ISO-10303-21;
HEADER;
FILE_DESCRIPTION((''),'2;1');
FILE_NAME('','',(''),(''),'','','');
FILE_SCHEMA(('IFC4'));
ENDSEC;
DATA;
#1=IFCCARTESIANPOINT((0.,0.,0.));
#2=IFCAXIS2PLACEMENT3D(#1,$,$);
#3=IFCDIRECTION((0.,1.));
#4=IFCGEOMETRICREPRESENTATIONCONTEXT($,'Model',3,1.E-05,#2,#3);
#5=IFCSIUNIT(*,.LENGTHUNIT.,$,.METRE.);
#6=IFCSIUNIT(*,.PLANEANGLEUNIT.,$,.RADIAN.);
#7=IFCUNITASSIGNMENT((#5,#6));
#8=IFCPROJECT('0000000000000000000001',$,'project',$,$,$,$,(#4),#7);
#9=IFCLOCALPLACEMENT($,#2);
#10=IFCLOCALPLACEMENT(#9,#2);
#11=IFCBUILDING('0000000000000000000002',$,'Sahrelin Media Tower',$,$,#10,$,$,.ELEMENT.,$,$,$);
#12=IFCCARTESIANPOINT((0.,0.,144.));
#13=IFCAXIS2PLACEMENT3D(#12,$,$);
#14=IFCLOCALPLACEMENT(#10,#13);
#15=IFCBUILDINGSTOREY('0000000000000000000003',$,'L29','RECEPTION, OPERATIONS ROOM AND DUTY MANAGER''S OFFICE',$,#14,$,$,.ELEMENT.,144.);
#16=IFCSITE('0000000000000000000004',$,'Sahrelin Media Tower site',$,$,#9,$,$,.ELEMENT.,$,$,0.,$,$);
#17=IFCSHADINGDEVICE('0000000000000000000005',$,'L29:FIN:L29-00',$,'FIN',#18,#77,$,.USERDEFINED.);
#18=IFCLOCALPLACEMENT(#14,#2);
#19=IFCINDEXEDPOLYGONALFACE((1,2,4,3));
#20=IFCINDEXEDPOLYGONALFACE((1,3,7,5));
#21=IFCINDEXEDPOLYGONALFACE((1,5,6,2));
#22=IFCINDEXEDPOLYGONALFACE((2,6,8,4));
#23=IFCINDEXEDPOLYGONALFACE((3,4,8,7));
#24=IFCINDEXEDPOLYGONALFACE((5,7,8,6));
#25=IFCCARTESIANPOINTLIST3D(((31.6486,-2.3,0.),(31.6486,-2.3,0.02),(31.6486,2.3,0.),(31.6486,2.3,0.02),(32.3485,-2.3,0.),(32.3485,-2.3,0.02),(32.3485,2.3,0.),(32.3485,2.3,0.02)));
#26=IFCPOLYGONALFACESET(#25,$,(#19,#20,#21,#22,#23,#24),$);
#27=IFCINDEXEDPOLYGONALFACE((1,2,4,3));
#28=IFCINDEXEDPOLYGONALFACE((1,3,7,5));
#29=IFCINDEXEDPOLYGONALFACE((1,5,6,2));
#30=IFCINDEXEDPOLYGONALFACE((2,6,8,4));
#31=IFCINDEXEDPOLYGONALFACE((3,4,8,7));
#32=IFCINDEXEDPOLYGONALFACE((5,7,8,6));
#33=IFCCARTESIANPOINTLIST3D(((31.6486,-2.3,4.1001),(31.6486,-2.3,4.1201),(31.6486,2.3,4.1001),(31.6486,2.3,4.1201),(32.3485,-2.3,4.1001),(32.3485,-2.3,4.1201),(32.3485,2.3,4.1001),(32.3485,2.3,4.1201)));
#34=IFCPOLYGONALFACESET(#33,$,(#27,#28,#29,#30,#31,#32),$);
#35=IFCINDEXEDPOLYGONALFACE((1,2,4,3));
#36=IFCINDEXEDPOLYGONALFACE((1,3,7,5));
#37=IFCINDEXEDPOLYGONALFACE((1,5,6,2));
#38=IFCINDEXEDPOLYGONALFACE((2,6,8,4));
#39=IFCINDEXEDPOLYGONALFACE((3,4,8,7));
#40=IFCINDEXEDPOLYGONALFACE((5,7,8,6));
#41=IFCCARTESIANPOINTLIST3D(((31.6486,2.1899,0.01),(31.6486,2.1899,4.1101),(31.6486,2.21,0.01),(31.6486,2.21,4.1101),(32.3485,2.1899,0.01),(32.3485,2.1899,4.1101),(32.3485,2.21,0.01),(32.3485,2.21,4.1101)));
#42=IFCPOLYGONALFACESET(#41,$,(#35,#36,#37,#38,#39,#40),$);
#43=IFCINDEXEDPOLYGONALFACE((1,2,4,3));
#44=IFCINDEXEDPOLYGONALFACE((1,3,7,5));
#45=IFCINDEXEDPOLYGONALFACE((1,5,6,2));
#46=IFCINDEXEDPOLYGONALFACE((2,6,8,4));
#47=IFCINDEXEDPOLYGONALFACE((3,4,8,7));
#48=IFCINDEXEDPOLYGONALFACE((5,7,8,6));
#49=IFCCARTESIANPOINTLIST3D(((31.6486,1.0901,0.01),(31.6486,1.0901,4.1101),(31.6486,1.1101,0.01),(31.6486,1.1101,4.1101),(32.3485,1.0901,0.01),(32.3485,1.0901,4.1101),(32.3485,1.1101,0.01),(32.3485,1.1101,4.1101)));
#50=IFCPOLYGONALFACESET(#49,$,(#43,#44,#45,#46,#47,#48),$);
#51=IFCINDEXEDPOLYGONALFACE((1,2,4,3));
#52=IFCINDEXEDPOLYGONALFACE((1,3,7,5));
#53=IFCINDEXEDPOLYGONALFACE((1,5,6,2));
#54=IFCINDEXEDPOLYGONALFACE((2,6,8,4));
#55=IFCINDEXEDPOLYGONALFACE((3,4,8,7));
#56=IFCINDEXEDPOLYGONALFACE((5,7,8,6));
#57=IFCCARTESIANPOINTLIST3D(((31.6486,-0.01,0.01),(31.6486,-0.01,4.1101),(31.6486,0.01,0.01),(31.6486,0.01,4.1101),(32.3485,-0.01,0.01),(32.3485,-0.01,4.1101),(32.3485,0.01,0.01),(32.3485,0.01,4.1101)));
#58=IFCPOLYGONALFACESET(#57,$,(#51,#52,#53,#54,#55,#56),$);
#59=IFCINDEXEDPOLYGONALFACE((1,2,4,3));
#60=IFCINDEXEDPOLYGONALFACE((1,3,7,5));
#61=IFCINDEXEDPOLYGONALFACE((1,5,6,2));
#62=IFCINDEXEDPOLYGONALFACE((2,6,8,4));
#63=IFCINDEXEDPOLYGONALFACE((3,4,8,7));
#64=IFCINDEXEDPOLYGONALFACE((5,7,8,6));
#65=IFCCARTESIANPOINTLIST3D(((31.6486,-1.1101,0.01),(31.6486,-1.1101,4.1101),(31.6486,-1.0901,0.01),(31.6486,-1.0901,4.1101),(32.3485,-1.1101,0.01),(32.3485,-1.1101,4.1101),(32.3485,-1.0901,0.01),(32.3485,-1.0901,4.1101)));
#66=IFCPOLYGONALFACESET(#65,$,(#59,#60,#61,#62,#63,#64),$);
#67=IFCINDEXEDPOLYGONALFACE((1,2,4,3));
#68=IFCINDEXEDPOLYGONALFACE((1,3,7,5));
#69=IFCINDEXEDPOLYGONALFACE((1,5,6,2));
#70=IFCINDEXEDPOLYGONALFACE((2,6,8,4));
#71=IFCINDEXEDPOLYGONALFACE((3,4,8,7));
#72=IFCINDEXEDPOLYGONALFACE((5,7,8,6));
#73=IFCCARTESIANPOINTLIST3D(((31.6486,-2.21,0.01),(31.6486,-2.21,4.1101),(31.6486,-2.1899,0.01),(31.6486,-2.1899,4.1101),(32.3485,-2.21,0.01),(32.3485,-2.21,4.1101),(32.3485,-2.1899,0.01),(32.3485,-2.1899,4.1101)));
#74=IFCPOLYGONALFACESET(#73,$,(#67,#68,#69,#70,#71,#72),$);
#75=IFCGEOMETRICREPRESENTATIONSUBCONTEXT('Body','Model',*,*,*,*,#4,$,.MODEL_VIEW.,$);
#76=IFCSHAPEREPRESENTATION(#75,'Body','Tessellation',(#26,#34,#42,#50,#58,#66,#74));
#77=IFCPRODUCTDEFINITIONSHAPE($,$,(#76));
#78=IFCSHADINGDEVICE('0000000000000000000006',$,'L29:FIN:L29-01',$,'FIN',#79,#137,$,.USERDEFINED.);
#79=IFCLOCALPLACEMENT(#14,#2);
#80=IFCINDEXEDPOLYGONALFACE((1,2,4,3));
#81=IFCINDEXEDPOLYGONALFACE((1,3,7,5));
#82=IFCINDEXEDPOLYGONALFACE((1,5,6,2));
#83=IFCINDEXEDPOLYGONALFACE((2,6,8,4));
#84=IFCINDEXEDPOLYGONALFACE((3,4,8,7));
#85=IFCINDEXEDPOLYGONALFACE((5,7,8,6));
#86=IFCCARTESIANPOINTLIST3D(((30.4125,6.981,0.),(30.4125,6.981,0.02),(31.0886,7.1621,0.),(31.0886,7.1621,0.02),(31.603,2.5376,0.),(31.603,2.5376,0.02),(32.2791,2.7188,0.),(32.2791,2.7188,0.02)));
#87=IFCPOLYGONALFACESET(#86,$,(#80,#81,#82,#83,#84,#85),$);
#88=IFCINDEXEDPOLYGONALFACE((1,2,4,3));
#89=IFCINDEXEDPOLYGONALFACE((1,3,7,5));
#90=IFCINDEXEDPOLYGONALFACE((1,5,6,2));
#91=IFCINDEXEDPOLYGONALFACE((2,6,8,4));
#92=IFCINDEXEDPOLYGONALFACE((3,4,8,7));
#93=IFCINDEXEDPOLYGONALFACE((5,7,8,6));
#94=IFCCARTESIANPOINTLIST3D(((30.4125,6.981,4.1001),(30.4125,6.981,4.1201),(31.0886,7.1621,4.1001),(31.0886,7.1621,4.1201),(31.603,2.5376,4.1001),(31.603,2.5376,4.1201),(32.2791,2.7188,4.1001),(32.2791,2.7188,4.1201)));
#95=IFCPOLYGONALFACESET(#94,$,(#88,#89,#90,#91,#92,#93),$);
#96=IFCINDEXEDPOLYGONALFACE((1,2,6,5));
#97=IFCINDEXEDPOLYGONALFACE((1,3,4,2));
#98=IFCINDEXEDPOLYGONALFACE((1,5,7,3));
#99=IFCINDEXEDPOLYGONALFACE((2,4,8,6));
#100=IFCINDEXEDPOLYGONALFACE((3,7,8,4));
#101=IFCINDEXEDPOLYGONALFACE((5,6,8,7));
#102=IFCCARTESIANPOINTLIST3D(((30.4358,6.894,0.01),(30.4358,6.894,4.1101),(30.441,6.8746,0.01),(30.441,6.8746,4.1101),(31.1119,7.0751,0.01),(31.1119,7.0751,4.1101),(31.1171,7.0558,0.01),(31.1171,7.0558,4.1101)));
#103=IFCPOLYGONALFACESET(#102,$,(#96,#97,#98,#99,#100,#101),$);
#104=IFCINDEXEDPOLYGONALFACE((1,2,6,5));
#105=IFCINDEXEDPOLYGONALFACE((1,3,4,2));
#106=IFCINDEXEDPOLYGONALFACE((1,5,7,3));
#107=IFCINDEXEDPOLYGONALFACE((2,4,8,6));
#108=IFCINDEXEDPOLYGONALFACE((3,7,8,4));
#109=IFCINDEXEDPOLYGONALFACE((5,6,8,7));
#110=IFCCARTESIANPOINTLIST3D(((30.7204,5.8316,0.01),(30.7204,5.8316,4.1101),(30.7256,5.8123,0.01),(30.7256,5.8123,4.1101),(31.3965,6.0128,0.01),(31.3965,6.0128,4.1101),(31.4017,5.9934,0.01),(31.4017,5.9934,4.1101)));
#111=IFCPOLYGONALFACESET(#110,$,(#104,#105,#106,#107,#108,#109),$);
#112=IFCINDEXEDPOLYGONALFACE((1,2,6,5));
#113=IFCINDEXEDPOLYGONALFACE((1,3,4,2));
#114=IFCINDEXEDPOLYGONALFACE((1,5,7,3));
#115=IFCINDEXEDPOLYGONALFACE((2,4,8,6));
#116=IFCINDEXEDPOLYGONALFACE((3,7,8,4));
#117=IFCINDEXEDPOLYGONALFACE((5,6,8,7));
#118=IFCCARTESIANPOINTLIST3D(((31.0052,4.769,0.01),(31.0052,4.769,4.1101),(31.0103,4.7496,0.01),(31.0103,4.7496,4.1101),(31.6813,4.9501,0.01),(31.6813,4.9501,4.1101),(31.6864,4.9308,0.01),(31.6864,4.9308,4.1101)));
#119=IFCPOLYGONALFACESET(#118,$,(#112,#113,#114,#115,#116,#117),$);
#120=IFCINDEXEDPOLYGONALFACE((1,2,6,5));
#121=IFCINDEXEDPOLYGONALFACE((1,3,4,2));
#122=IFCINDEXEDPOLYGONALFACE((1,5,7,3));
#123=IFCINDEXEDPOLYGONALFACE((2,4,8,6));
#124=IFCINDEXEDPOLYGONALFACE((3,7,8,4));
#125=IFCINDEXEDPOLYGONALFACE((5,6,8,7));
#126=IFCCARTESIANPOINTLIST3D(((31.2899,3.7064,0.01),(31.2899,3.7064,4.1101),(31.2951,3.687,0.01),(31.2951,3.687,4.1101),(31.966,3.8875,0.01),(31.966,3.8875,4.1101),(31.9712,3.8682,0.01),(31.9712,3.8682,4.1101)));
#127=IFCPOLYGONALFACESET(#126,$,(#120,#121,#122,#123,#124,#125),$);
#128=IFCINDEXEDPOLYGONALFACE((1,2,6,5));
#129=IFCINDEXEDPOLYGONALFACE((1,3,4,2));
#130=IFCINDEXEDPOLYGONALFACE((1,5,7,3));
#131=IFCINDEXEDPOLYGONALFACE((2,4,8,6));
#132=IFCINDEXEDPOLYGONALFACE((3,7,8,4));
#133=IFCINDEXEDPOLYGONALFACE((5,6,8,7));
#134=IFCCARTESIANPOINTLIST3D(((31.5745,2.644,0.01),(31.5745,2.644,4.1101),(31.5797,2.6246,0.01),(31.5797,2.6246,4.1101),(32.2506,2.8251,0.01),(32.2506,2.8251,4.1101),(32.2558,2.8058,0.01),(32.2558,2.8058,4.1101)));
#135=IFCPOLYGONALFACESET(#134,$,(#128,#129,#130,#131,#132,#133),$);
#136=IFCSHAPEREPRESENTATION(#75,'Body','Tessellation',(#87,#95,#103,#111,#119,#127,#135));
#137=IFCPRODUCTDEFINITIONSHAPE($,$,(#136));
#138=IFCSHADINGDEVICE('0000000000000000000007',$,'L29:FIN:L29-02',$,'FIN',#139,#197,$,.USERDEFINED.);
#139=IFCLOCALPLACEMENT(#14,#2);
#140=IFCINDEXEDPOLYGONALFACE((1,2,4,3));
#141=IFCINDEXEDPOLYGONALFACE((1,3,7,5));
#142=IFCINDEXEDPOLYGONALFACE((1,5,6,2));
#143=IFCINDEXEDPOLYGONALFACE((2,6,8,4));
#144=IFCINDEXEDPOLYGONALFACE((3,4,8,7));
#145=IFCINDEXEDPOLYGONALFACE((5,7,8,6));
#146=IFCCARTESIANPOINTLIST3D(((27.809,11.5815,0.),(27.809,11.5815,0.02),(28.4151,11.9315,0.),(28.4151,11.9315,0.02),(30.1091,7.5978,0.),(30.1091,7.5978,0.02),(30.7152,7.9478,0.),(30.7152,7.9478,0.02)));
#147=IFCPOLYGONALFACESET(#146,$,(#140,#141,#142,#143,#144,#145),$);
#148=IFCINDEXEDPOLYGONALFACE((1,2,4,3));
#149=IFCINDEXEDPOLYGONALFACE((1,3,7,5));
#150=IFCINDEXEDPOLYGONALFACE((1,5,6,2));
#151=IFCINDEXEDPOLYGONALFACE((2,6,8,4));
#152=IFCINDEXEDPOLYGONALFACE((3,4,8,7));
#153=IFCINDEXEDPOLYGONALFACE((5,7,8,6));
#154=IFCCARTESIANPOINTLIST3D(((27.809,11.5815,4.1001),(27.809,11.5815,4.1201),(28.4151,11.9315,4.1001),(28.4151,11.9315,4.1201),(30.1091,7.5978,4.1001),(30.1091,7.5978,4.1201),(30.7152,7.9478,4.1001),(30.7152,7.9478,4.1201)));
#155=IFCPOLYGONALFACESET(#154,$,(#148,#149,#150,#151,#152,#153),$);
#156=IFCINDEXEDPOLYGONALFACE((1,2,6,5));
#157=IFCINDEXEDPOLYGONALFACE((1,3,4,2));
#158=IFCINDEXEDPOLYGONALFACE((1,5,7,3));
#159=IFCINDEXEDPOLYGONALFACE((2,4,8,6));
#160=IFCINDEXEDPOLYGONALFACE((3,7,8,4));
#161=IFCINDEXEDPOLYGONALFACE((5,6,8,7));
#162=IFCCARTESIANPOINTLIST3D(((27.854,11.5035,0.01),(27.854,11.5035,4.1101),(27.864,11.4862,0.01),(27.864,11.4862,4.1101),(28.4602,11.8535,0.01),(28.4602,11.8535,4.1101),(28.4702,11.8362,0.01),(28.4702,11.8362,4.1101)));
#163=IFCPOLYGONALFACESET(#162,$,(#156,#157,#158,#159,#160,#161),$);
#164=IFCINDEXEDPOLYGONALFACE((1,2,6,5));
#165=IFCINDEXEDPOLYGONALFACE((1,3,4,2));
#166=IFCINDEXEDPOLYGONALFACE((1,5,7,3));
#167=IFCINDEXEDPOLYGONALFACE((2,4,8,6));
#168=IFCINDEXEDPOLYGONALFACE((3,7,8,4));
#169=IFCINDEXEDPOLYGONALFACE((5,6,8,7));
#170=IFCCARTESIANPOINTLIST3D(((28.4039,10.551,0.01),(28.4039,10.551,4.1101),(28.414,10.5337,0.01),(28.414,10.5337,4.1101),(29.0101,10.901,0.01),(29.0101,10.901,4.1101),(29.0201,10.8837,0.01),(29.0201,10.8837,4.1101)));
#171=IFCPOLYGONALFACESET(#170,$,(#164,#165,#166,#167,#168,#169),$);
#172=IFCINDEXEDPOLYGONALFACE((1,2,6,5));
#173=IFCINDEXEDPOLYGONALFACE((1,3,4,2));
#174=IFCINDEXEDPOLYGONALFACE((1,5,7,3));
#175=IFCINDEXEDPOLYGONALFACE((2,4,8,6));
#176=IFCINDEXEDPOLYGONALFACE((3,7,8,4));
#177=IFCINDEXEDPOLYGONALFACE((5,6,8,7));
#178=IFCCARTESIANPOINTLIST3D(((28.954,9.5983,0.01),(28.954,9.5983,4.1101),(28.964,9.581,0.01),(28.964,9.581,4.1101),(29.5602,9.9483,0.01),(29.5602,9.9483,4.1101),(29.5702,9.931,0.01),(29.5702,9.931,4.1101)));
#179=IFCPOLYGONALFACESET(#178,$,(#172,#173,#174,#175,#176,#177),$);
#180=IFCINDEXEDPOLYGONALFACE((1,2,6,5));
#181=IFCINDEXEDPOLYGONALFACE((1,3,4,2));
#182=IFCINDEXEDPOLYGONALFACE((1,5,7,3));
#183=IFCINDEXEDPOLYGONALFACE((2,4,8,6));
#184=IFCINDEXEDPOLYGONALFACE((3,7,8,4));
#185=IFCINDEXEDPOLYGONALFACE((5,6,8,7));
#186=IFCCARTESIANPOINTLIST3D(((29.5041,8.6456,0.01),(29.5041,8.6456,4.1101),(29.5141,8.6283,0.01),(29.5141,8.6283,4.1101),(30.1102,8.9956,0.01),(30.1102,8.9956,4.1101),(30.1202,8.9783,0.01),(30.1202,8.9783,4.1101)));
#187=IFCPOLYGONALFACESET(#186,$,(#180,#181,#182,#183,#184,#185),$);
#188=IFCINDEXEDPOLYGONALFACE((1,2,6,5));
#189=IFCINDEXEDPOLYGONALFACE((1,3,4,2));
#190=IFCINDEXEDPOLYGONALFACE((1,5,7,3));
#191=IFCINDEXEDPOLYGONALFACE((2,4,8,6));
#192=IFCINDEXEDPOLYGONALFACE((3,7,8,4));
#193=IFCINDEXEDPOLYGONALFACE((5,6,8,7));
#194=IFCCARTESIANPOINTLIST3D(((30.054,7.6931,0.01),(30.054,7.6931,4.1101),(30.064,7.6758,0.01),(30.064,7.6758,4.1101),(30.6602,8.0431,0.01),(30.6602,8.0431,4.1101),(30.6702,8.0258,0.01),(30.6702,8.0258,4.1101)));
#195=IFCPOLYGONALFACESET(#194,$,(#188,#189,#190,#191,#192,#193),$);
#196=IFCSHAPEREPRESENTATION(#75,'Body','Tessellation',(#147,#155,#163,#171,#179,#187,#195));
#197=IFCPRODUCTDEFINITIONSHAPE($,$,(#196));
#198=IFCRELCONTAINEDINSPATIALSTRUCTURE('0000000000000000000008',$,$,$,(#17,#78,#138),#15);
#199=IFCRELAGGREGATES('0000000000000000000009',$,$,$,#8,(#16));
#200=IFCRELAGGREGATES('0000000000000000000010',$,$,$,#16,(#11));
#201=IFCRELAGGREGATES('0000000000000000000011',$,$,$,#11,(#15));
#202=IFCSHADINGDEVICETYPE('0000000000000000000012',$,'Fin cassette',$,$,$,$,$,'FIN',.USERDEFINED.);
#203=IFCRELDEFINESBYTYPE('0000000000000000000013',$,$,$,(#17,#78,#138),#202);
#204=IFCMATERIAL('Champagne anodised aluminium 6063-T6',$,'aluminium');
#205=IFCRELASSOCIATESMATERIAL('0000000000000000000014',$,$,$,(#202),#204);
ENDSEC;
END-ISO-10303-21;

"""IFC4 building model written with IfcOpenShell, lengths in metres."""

from ifc_helpers import new_model, si_unit, direction, frame, origin, origin_2d, place, context, subcontext, project, spatial, rectangle, extrude, material, type_object, element, save


model = new_model("IFC4")

# Units and contexts
model_context = context("Model", 3, precision=1e-05, world=origin(), true_north=direction((0.0, 1.0)))
body_context = subcontext(model_context, "Body", "Model", "MODEL_VIEW")
ifc_project = project(units=[si_unit("LENGTHUNIT", "METRE"), si_unit("PLANEANGLEUNIT", "RADIAN")], contexts=[model_context])

# Site, building, storey
site_placement = place(None, origin())
site = spatial("IfcSite", under=ifc_project, at=site_placement, Name="Sahrelin Media Tower site", CompositionType="ELEMENT", RefElevation=0.0)
building_placement = place(site_placement, origin())
building = spatial("IfcBuilding", under=site, at=building_placement, Name="Sahrelin Media Tower", CompositionType="ELEMENT")
storey_placement = place(building_placement, frame((0.0, 0.0, 144.0)))
storey = spatial("IfcBuildingStorey", under=building, at=storey_placement, Name="L29", Description="RECEPTION, OPERATIONS ROOM AND DUTY MANAGER'S OFFICE", CompositionType="ELEMENT", Elevation=144.0)

# Shared definitions
ifc_material_1 = material(Name="Champagne anodised aluminium 6063-T6", Category="aluminium")

# Shading devices
shading_device_type_1 = type_object("IfcShadingDeviceType", Name="Fin cassette", ElementType="FIN", PredefinedType="USERDEFINED", material=ifc_material_1)
placement_1 = place(storey_placement, frame((31.5786, 0.0, 0.0), z_axis=(0.0, 0.0, 1.0), x_axis=(0.0, -1.0, 0.0)))
element("IfcShadingDevice", 1, at=placement_1, inside=storey, type_object=shading_device_type_1, Name="L29:FIN:L29-00", ObjectType="FIN", PredefinedType="USERDEFINED", context=body_context, shape_type="SweptSolid", body=[
    extrude(rectangle(XDim=4.6001, YDim=0.7, at=origin_2d()), frame((0.0, 0.4199, 0.0)), (0.0, 0.0, 1.0), 0.02),
    extrude(rectangle(XDim=4.6001, YDim=0.7, at=origin_2d()), frame((0.0, 0.4199, 4.1001)), (0.0, 0.0, 1.0), 0.02),
    extrude(rectangle(XDim=0.02, YDim=0.7, at=origin_2d()), frame((-2.2, 0.4199, 0.01), z_axis=(0.0, 0.0, 1.0), x_axis=(1.0, 0.0, 0.0)), (0.0, 0.0, 1.0), 4.1001),
    extrude(rectangle(XDim=0.02, YDim=0.7, at=origin_2d()), frame((-1.1001, 0.4199, 0.01), z_axis=(0.0, 0.0, 1.0), x_axis=(1.0, 0.0, 0.0)), (0.0, 0.0, 1.0), 4.1001),
    extrude(rectangle(XDim=0.02, YDim=0.7, at=origin_2d()), frame((0.0, 0.4199, 0.01), z_axis=(0.0, 0.0, 1.0), x_axis=(1.0, 0.0, 0.0)), (0.0, 0.0, 1.0), 4.1001),
    extrude(rectangle(XDim=0.02, YDim=0.7, at=origin_2d()), frame((1.1001, 0.4199, 0.01), z_axis=(0.0, 0.0, 1.0), x_axis=(1.0, 0.0, 0.0)), (0.0, 0.0, 1.0), 4.1001),
    extrude(rectangle(XDim=0.02, YDim=0.7, at=origin_2d()), frame((2.2, 0.4199, 0.01), z_axis=(0.0, 0.0, 1.0), x_axis=(1.0, 0.0, 0.0)), (0.0, 0.0, 1.0), 4.1001),
])
placement_2 = place(storey_placement, frame((30.9402, 4.7412, 0.0), z_axis=(0.0, 0.0, 1.0), x_axis=(0.258808, -0.965929, 0.0)))
element("IfcShadingDevice", 2, at=placement_2, inside=storey, type_object=shading_device_type_1, Name="L29:FIN:L29-01", ObjectType="FIN", PredefinedType="USERDEFINED", context=body_context, shape_type="SweptSolid", body=[
    extrude(rectangle(XDim=4.6001, YDim=0.7, at=origin_2d()), frame((0.0, 0.4199, 0.0)), (0.0, 0.0, 1.0), 0.02),
    extrude(rectangle(XDim=4.6001, YDim=0.7, at=origin_2d()), frame((0.0, 0.4199, 4.1001)), (0.0, 0.0, 1.0), 0.02),
    extrude(rectangle(XDim=0.02, YDim=0.7, at=origin_2d()), frame((-2.2, 0.4199, 0.01), z_axis=(0.0, 0.0, 1.0), x_axis=(1.0, 0.0, 0.0)), (0.0, 0.0, 1.0), 4.1001),
    extrude(rectangle(XDim=0.02, YDim=0.7, at=origin_2d()), frame((-1.1001, 0.4199, 0.01), z_axis=(0.0, 0.0, 1.0), x_axis=(1.0, 0.0, 0.0)), (0.0, 0.0, 1.0), 4.1001),
    extrude(rectangle(XDim=0.02, YDim=0.7, at=origin_2d()), frame((0.0, 0.4199, 0.01), z_axis=(0.0, 0.0, 1.0), x_axis=(1.0, 0.0, 0.0)), (0.0, 0.0, 1.0), 4.1001),
    extrude(rectangle(XDim=0.02, YDim=0.7, at=origin_2d()), frame((1.1001, 0.4199, 0.01), z_axis=(0.0, 0.0, 1.0), x_axis=(1.0, 0.0, 0.0)), (0.0, 0.0, 1.0), 4.1001),
    extrude(rectangle(XDim=0.02, YDim=0.7, at=origin_2d()), frame((2.2, 0.4199, 0.01), z_axis=(0.0, 0.0, 1.0), x_axis=(1.0, 0.0, 0.0)), (0.0, 0.0, 1.0), 4.1001),
])
placement_3 = place(storey_placement, frame((28.8984, 9.5547, 0.0), z_axis=(0.0, 0.0, 1.0), x_axis=(0.500011, -0.866019, 0.0)))
element("IfcShadingDevice", 3, at=placement_3, inside=storey, type_object=shading_device_type_1, Name="L29:FIN:L29-02", ObjectType="FIN", PredefinedType="USERDEFINED", context=body_context, shape_type="SweptSolid", body=[
    extrude(rectangle(XDim=4.6001, YDim=0.7, at=origin_2d()), frame((0.0, 0.4199, 0.0)), (0.0, 0.0, 1.0), 0.02),
    extrude(rectangle(XDim=4.6001, YDim=0.7, at=origin_2d()), frame((0.0, 0.4199, 4.1001)), (0.0, 0.0, 1.0), 0.02),
    extrude(rectangle(XDim=0.02, YDim=0.7, at=origin_2d()), frame((-2.2, 0.4199, 0.01), z_axis=(0.0, 0.0, 1.0), x_axis=(1.0, 0.0, 0.0)), (0.0, 0.0, 1.0), 4.1001),
    extrude(rectangle(XDim=0.02, YDim=0.7, at=origin_2d()), frame((-1.1001, 0.4199, 0.01), z_axis=(0.0, 0.0, 1.0), x_axis=(1.0, 0.0, 0.0)), (0.0, 0.0, 1.0), 4.1001),
    extrude(rectangle(XDim=0.02, YDim=0.7, at=origin_2d()), frame((0.0, 0.4199, 0.01), z_axis=(0.0, 0.0, 1.0), x_axis=(1.0, 0.0, 0.0)), (0.0, 0.0, 1.0), 4.1001),
    extrude(rectangle(XDim=0.02, YDim=0.7, at=origin_2d()), frame((1.1001, 0.4199, 0.01), z_axis=(0.0, 0.0, 1.0), x_axis=(1.0, 0.0, 0.0)), (0.0, 0.0, 1.0), 4.1001),
    extrude(rectangle(XDim=0.02, YDim=0.7, at=origin_2d()), frame((2.2, 0.4199, 0.01), z_axis=(0.0, 0.0, 1.0), x_axis=(1.0, 0.0, 0.0)), (0.0, 0.0, 1.0), 4.1001),
])

save(model, "model.ifc")
